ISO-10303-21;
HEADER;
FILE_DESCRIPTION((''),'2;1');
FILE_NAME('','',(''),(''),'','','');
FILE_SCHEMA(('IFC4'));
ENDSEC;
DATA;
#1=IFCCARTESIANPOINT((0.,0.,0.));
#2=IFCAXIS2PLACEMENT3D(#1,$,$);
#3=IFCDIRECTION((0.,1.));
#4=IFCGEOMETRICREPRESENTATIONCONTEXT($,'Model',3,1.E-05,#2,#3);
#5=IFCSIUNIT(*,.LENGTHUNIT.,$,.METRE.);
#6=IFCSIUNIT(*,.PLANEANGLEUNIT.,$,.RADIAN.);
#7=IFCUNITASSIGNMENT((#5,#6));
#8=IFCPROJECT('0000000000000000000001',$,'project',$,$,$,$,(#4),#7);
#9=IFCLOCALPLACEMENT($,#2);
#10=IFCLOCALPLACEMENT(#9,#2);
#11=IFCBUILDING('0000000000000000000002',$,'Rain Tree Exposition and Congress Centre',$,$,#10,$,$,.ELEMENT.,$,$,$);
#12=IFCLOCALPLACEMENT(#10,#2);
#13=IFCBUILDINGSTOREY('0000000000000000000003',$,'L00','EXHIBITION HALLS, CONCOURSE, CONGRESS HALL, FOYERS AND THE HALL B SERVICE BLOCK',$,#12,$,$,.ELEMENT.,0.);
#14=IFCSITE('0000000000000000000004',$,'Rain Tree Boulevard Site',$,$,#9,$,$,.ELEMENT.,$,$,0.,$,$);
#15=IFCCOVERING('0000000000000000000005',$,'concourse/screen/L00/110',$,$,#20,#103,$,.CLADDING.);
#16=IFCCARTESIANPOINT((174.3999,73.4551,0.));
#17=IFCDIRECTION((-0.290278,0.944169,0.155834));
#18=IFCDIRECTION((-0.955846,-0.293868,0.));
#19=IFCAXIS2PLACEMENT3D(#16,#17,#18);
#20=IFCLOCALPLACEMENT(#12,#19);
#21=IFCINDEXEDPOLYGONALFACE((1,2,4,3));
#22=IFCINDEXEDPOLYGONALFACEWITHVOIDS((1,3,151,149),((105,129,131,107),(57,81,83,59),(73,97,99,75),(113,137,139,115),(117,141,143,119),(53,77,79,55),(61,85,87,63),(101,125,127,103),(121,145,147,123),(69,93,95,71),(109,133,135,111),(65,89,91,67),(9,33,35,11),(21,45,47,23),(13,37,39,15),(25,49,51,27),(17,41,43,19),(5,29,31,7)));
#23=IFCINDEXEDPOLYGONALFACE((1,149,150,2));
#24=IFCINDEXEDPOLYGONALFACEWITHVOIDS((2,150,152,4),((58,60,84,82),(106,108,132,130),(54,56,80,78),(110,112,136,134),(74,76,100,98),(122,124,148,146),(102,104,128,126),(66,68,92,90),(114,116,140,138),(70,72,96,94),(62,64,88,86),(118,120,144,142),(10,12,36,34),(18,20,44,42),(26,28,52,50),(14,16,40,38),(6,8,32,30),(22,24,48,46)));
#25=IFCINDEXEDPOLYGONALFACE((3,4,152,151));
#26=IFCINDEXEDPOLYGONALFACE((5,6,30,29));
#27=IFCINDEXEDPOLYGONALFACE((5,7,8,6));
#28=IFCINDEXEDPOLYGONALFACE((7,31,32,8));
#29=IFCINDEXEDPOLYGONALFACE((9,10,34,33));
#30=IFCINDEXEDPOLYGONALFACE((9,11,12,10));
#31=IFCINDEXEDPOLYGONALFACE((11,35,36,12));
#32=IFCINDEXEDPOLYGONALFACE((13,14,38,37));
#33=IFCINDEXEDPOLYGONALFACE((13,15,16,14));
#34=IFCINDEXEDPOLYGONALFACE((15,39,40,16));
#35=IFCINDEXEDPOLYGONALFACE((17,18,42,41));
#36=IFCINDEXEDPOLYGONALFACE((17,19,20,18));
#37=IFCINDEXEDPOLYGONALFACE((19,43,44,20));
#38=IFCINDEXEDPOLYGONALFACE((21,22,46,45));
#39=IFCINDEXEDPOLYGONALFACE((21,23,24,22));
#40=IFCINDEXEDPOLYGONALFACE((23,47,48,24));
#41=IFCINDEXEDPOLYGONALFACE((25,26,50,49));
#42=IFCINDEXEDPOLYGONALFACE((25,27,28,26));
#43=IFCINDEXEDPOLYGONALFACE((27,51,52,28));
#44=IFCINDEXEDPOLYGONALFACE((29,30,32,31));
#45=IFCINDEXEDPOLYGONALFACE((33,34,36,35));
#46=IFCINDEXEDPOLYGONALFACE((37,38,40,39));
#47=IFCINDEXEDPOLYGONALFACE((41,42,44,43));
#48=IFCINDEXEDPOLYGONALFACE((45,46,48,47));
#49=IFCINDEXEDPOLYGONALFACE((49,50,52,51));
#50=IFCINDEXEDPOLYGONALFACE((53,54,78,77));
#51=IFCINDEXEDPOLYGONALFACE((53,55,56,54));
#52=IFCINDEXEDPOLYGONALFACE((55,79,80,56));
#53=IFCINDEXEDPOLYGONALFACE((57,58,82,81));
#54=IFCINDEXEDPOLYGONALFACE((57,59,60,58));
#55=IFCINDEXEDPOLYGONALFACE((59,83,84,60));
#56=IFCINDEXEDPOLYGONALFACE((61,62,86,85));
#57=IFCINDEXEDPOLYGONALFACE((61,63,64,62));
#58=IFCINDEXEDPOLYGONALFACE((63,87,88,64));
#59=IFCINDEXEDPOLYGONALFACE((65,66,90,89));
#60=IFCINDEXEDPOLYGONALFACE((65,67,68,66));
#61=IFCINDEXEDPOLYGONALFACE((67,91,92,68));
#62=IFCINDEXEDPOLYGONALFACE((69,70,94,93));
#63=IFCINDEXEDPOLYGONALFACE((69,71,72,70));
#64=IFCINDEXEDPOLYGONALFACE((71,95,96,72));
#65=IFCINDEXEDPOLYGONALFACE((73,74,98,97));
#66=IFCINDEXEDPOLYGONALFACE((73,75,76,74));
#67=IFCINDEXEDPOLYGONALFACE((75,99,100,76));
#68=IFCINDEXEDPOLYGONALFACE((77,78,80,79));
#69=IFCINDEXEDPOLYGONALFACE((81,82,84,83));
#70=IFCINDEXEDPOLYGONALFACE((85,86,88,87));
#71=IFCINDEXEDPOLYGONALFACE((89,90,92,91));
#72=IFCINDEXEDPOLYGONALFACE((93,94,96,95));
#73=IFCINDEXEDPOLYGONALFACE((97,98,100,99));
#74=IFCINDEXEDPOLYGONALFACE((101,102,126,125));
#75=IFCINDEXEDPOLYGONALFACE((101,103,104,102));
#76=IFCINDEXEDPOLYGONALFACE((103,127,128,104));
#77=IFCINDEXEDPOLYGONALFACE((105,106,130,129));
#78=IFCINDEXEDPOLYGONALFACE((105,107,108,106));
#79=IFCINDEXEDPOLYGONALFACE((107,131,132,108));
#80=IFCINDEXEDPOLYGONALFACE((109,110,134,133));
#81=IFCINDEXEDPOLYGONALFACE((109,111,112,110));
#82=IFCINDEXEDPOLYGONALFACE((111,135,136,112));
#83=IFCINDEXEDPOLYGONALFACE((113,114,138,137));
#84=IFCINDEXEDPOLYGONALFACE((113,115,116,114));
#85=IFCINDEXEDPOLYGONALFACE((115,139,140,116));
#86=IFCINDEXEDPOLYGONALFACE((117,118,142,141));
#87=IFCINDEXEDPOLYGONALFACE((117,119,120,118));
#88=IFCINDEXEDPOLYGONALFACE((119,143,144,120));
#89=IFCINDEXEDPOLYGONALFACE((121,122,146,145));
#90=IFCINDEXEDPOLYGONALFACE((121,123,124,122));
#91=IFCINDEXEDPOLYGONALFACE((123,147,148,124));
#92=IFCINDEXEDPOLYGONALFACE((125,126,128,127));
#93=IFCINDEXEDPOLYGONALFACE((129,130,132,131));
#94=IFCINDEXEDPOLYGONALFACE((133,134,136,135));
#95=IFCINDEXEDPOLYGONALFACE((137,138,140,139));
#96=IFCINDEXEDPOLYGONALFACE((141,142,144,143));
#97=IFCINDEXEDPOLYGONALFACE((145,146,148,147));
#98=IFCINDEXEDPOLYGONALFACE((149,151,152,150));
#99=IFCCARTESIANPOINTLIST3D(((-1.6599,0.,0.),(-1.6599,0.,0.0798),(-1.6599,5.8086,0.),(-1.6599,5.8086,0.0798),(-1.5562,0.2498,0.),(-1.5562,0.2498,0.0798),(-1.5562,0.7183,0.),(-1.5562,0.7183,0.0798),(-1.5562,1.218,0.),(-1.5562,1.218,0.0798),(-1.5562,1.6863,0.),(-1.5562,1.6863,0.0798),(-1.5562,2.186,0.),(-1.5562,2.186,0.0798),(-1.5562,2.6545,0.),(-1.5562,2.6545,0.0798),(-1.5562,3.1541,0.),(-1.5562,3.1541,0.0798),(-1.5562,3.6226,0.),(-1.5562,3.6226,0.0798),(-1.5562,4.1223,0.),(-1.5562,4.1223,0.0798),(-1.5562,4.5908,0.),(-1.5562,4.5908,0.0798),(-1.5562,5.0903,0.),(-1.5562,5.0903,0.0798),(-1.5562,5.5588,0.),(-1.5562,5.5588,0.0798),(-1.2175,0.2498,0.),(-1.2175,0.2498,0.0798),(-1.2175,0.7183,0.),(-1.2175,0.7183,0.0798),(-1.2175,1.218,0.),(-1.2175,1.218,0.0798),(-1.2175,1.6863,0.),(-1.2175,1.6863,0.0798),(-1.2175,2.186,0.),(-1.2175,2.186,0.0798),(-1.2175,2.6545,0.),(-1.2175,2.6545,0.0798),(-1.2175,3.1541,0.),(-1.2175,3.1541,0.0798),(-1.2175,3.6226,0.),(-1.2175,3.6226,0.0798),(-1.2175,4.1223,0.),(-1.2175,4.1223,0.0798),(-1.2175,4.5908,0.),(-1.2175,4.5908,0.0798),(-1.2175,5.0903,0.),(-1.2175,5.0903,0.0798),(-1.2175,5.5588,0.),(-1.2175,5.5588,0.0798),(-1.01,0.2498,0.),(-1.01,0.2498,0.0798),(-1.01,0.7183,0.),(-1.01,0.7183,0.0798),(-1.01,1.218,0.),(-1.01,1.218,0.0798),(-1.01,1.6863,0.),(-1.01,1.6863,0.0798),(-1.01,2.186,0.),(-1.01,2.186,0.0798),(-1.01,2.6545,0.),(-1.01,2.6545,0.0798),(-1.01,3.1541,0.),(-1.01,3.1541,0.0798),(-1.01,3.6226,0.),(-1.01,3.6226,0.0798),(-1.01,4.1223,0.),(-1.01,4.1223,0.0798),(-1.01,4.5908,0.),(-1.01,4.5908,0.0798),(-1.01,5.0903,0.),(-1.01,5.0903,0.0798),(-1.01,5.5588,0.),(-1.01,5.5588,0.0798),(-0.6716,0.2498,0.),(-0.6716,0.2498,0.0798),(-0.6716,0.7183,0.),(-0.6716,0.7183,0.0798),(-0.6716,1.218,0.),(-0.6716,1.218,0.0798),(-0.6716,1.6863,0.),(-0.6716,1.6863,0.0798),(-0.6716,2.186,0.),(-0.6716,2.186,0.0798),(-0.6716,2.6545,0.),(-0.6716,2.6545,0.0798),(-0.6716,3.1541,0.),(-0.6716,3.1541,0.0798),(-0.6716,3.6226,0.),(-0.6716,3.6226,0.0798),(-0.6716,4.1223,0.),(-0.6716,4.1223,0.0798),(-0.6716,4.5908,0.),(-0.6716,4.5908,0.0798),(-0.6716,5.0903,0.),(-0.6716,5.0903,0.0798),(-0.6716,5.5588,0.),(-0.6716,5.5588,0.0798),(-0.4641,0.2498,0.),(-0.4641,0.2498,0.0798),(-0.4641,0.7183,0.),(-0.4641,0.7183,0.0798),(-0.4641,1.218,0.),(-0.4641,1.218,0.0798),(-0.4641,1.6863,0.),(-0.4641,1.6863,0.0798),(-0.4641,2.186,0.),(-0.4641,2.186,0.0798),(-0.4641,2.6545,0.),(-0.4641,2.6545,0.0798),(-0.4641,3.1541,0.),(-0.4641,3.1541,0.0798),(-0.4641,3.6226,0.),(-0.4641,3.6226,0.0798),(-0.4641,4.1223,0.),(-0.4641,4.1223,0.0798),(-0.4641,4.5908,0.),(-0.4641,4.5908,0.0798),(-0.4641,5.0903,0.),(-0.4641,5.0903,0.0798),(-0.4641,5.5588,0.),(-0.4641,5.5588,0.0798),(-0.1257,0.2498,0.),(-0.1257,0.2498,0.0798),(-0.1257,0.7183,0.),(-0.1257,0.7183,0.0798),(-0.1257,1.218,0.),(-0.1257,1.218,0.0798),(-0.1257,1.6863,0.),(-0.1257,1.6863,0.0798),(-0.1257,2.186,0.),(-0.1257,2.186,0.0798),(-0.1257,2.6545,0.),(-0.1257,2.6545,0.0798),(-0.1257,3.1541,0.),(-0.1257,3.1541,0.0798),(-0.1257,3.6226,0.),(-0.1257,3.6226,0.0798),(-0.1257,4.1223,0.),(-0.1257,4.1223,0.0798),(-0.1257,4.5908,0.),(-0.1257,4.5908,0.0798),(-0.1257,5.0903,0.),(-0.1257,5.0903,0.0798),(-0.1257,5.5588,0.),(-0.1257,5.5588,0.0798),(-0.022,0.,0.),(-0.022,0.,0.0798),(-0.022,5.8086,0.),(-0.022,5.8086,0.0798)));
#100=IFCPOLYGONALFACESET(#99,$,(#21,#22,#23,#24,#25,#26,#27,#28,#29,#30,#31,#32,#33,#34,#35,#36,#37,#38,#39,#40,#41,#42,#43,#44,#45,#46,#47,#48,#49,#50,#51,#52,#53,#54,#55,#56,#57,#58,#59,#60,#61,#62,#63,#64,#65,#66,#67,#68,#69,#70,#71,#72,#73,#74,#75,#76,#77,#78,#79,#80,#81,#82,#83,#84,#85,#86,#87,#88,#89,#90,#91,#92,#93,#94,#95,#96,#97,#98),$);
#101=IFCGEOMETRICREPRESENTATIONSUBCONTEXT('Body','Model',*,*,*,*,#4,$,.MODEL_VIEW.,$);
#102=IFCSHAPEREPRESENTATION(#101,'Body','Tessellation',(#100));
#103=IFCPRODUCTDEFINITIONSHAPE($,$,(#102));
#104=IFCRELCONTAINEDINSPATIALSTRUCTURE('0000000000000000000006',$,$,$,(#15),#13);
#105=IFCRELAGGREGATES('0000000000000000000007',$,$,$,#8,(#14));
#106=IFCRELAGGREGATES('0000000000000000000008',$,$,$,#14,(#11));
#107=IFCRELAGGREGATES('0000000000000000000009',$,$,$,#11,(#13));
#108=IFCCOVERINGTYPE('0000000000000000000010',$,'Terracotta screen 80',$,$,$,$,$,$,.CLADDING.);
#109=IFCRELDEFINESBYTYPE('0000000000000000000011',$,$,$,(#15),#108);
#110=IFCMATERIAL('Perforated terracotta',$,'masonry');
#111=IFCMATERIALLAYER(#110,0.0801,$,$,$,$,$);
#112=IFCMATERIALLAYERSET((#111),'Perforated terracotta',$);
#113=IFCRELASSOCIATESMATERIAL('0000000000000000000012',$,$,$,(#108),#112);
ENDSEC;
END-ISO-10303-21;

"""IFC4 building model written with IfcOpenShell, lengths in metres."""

from ifc_helpers import new_model, si_unit, direction, frame, origin, place, context, subcontext, project, spatial, polyline, outline, extrude, material, layer, layer_set, type_object, element, save


model = new_model("IFC4")

# Units and contexts
model_context = context("Model", 3, precision=1e-05, world=origin(), true_north=direction((0.0, 1.0)))
body_context = subcontext(model_context, "Body", "Model", "MODEL_VIEW")
ifc_project = project(units=[si_unit("LENGTHUNIT", "METRE"), si_unit("PLANEANGLEUNIT", "RADIAN")], contexts=[model_context])

# Site, building, storey
site_placement = place(None, origin())
site = spatial("IfcSite", under=ifc_project, at=site_placement, Name="Rain Tree Boulevard Site", CompositionType="ELEMENT", RefElevation=0.0)
building_placement = place(site_placement, origin())
building = spatial("IfcBuilding", under=site, at=building_placement, Name="Rain Tree Exposition and Congress Centre", CompositionType="ELEMENT")
storey_placement = place(building_placement, origin())
storey = spatial("IfcBuildingStorey", under=building, at=storey_placement, Name="L00", Description="EXHIBITION HALLS, CONCOURSE, CONGRESS HALL, FOYERS AND THE HALL B SERVICE BLOCK", CompositionType="ELEMENT", Elevation=0.0)

# Covering
ifc_material_1 = material(Name="Perforated terracotta", Category="masonry")
ifc_layer_1 = layer(ifc_material_1, 0.0801)
ifc_layer_set_1 = layer_set([ifc_layer_1], Name="Perforated terracotta")
covering_type = type_object("IfcCoveringType", Name="Terracotta screen 80", PredefinedType="CLADDING", material=ifc_layer_set_1)
covering_1_placement = place(storey_placement, frame((174.3999, 73.4551, 0.0), z_axis=(-0.290278, 0.944169, 0.155834), x_axis=(-0.955846, -0.293868, 0.0)))
element("IfcCovering", 1, at=covering_1_placement, inside=storey, type_object=covering_type, Name="concourse/screen/L00/110", PredefinedType="CLADDING", context=body_context, shape_type="SweptSolid", body=[
    extrude(outline(polyline([(-0.022, 0.0), (-1.6599, 0.0), (-1.6599, 5.8086), (-0.022, 5.8086), (-0.022, 0.0)]), holes=[polyline([(-0.1257, 0.2498), (-0.1257, 0.7183), (-0.4641, 0.7183), (-0.4641, 0.2498), (-0.1257, 0.2498)]), polyline([(-0.1257, 1.218), (-0.1257, 1.6863), (-0.4641, 1.6863), (-0.4641, 1.218), (-0.1257, 1.218)]), polyline([(-0.1257, 2.186), (-0.1257, 2.6545), (-0.4641, 2.6545), (-0.4641, 2.186), (-0.1257, 2.186)]), polyline([(-0.1257, 3.1541), (-0.1257, 3.6226), (-0.4641, 3.6226), (-0.4641, 3.1541), (-0.1257, 3.1541)]), polyline([(-0.1257, 4.1223), (-0.1257, 4.5908), (-0.4641, 4.5908), (-0.4641, 4.1223), (-0.1257, 4.1223)]), polyline([(-0.1257, 5.0903), (-0.1257, 5.5588), (-0.4641, 5.5588), (-0.4641, 5.0903), (-0.1257, 5.0903)]), polyline([(-0.6716, 0.2498), (-0.6716, 0.7183), (-1.01, 0.7183), (-1.01, 0.2498), (-0.6716, 0.2498)]), polyline([(-0.6716, 1.218), (-0.6716, 1.6863), (-1.01, 1.6863), (-1.01, 1.218), (-0.6716, 1.218)]), polyline([(-0.6716, 2.186), (-0.6716, 2.6545), (-1.01, 2.6545), (-1.01, 2.186), (-0.6716, 2.186)]), polyline([(-0.6716, 3.1541), (-0.6716, 3.6226), (-1.01, 3.6226), (-1.01, 3.1541), (-0.6716, 3.1541)]), polyline([(-0.6716, 4.1223), (-0.6716, 4.5908), (-1.01, 4.5908), (-1.01, 4.1223), (-0.6716, 4.1223)]), polyline([(-0.6716, 5.0903), (-0.6716, 5.5588), (-1.01, 5.5588), (-1.01, 5.0903), (-0.6716, 5.0903)]), polyline([(-1.2175, 0.2498), (-1.2175, 0.7183), (-1.5562, 0.7183), (-1.5562, 0.2498), (-1.2175, 0.2498)]), polyline([(-1.2175, 1.218), (-1.2175, 1.6863), (-1.5562, 1.6863), (-1.5562, 1.218), (-1.2175, 1.218)]), polyline([(-1.2175, 2.186), (-1.2175, 2.6545), (-1.5562, 2.6545), (-1.5562, 2.186), (-1.2175, 2.186)]), polyline([(-1.2175, 3.1541), (-1.2175, 3.6226), (-1.5562, 3.6226), (-1.5562, 3.1541), (-1.2175, 3.1541)]), polyline([(-1.2175, 4.1223), (-1.2175, 4.5908), (-1.5562, 4.5908), (-1.5562, 4.1223), (-1.2175, 4.1223)]), polyline([(-1.2175, 5.0903), (-1.2175, 5.5588), (-1.5562, 5.5588), (-1.5562, 5.0903), (-1.2175, 5.0903)])]), origin(), (0.0, 0.0, 1.0), 0.0798),
])

save(model, "model.ifc")
